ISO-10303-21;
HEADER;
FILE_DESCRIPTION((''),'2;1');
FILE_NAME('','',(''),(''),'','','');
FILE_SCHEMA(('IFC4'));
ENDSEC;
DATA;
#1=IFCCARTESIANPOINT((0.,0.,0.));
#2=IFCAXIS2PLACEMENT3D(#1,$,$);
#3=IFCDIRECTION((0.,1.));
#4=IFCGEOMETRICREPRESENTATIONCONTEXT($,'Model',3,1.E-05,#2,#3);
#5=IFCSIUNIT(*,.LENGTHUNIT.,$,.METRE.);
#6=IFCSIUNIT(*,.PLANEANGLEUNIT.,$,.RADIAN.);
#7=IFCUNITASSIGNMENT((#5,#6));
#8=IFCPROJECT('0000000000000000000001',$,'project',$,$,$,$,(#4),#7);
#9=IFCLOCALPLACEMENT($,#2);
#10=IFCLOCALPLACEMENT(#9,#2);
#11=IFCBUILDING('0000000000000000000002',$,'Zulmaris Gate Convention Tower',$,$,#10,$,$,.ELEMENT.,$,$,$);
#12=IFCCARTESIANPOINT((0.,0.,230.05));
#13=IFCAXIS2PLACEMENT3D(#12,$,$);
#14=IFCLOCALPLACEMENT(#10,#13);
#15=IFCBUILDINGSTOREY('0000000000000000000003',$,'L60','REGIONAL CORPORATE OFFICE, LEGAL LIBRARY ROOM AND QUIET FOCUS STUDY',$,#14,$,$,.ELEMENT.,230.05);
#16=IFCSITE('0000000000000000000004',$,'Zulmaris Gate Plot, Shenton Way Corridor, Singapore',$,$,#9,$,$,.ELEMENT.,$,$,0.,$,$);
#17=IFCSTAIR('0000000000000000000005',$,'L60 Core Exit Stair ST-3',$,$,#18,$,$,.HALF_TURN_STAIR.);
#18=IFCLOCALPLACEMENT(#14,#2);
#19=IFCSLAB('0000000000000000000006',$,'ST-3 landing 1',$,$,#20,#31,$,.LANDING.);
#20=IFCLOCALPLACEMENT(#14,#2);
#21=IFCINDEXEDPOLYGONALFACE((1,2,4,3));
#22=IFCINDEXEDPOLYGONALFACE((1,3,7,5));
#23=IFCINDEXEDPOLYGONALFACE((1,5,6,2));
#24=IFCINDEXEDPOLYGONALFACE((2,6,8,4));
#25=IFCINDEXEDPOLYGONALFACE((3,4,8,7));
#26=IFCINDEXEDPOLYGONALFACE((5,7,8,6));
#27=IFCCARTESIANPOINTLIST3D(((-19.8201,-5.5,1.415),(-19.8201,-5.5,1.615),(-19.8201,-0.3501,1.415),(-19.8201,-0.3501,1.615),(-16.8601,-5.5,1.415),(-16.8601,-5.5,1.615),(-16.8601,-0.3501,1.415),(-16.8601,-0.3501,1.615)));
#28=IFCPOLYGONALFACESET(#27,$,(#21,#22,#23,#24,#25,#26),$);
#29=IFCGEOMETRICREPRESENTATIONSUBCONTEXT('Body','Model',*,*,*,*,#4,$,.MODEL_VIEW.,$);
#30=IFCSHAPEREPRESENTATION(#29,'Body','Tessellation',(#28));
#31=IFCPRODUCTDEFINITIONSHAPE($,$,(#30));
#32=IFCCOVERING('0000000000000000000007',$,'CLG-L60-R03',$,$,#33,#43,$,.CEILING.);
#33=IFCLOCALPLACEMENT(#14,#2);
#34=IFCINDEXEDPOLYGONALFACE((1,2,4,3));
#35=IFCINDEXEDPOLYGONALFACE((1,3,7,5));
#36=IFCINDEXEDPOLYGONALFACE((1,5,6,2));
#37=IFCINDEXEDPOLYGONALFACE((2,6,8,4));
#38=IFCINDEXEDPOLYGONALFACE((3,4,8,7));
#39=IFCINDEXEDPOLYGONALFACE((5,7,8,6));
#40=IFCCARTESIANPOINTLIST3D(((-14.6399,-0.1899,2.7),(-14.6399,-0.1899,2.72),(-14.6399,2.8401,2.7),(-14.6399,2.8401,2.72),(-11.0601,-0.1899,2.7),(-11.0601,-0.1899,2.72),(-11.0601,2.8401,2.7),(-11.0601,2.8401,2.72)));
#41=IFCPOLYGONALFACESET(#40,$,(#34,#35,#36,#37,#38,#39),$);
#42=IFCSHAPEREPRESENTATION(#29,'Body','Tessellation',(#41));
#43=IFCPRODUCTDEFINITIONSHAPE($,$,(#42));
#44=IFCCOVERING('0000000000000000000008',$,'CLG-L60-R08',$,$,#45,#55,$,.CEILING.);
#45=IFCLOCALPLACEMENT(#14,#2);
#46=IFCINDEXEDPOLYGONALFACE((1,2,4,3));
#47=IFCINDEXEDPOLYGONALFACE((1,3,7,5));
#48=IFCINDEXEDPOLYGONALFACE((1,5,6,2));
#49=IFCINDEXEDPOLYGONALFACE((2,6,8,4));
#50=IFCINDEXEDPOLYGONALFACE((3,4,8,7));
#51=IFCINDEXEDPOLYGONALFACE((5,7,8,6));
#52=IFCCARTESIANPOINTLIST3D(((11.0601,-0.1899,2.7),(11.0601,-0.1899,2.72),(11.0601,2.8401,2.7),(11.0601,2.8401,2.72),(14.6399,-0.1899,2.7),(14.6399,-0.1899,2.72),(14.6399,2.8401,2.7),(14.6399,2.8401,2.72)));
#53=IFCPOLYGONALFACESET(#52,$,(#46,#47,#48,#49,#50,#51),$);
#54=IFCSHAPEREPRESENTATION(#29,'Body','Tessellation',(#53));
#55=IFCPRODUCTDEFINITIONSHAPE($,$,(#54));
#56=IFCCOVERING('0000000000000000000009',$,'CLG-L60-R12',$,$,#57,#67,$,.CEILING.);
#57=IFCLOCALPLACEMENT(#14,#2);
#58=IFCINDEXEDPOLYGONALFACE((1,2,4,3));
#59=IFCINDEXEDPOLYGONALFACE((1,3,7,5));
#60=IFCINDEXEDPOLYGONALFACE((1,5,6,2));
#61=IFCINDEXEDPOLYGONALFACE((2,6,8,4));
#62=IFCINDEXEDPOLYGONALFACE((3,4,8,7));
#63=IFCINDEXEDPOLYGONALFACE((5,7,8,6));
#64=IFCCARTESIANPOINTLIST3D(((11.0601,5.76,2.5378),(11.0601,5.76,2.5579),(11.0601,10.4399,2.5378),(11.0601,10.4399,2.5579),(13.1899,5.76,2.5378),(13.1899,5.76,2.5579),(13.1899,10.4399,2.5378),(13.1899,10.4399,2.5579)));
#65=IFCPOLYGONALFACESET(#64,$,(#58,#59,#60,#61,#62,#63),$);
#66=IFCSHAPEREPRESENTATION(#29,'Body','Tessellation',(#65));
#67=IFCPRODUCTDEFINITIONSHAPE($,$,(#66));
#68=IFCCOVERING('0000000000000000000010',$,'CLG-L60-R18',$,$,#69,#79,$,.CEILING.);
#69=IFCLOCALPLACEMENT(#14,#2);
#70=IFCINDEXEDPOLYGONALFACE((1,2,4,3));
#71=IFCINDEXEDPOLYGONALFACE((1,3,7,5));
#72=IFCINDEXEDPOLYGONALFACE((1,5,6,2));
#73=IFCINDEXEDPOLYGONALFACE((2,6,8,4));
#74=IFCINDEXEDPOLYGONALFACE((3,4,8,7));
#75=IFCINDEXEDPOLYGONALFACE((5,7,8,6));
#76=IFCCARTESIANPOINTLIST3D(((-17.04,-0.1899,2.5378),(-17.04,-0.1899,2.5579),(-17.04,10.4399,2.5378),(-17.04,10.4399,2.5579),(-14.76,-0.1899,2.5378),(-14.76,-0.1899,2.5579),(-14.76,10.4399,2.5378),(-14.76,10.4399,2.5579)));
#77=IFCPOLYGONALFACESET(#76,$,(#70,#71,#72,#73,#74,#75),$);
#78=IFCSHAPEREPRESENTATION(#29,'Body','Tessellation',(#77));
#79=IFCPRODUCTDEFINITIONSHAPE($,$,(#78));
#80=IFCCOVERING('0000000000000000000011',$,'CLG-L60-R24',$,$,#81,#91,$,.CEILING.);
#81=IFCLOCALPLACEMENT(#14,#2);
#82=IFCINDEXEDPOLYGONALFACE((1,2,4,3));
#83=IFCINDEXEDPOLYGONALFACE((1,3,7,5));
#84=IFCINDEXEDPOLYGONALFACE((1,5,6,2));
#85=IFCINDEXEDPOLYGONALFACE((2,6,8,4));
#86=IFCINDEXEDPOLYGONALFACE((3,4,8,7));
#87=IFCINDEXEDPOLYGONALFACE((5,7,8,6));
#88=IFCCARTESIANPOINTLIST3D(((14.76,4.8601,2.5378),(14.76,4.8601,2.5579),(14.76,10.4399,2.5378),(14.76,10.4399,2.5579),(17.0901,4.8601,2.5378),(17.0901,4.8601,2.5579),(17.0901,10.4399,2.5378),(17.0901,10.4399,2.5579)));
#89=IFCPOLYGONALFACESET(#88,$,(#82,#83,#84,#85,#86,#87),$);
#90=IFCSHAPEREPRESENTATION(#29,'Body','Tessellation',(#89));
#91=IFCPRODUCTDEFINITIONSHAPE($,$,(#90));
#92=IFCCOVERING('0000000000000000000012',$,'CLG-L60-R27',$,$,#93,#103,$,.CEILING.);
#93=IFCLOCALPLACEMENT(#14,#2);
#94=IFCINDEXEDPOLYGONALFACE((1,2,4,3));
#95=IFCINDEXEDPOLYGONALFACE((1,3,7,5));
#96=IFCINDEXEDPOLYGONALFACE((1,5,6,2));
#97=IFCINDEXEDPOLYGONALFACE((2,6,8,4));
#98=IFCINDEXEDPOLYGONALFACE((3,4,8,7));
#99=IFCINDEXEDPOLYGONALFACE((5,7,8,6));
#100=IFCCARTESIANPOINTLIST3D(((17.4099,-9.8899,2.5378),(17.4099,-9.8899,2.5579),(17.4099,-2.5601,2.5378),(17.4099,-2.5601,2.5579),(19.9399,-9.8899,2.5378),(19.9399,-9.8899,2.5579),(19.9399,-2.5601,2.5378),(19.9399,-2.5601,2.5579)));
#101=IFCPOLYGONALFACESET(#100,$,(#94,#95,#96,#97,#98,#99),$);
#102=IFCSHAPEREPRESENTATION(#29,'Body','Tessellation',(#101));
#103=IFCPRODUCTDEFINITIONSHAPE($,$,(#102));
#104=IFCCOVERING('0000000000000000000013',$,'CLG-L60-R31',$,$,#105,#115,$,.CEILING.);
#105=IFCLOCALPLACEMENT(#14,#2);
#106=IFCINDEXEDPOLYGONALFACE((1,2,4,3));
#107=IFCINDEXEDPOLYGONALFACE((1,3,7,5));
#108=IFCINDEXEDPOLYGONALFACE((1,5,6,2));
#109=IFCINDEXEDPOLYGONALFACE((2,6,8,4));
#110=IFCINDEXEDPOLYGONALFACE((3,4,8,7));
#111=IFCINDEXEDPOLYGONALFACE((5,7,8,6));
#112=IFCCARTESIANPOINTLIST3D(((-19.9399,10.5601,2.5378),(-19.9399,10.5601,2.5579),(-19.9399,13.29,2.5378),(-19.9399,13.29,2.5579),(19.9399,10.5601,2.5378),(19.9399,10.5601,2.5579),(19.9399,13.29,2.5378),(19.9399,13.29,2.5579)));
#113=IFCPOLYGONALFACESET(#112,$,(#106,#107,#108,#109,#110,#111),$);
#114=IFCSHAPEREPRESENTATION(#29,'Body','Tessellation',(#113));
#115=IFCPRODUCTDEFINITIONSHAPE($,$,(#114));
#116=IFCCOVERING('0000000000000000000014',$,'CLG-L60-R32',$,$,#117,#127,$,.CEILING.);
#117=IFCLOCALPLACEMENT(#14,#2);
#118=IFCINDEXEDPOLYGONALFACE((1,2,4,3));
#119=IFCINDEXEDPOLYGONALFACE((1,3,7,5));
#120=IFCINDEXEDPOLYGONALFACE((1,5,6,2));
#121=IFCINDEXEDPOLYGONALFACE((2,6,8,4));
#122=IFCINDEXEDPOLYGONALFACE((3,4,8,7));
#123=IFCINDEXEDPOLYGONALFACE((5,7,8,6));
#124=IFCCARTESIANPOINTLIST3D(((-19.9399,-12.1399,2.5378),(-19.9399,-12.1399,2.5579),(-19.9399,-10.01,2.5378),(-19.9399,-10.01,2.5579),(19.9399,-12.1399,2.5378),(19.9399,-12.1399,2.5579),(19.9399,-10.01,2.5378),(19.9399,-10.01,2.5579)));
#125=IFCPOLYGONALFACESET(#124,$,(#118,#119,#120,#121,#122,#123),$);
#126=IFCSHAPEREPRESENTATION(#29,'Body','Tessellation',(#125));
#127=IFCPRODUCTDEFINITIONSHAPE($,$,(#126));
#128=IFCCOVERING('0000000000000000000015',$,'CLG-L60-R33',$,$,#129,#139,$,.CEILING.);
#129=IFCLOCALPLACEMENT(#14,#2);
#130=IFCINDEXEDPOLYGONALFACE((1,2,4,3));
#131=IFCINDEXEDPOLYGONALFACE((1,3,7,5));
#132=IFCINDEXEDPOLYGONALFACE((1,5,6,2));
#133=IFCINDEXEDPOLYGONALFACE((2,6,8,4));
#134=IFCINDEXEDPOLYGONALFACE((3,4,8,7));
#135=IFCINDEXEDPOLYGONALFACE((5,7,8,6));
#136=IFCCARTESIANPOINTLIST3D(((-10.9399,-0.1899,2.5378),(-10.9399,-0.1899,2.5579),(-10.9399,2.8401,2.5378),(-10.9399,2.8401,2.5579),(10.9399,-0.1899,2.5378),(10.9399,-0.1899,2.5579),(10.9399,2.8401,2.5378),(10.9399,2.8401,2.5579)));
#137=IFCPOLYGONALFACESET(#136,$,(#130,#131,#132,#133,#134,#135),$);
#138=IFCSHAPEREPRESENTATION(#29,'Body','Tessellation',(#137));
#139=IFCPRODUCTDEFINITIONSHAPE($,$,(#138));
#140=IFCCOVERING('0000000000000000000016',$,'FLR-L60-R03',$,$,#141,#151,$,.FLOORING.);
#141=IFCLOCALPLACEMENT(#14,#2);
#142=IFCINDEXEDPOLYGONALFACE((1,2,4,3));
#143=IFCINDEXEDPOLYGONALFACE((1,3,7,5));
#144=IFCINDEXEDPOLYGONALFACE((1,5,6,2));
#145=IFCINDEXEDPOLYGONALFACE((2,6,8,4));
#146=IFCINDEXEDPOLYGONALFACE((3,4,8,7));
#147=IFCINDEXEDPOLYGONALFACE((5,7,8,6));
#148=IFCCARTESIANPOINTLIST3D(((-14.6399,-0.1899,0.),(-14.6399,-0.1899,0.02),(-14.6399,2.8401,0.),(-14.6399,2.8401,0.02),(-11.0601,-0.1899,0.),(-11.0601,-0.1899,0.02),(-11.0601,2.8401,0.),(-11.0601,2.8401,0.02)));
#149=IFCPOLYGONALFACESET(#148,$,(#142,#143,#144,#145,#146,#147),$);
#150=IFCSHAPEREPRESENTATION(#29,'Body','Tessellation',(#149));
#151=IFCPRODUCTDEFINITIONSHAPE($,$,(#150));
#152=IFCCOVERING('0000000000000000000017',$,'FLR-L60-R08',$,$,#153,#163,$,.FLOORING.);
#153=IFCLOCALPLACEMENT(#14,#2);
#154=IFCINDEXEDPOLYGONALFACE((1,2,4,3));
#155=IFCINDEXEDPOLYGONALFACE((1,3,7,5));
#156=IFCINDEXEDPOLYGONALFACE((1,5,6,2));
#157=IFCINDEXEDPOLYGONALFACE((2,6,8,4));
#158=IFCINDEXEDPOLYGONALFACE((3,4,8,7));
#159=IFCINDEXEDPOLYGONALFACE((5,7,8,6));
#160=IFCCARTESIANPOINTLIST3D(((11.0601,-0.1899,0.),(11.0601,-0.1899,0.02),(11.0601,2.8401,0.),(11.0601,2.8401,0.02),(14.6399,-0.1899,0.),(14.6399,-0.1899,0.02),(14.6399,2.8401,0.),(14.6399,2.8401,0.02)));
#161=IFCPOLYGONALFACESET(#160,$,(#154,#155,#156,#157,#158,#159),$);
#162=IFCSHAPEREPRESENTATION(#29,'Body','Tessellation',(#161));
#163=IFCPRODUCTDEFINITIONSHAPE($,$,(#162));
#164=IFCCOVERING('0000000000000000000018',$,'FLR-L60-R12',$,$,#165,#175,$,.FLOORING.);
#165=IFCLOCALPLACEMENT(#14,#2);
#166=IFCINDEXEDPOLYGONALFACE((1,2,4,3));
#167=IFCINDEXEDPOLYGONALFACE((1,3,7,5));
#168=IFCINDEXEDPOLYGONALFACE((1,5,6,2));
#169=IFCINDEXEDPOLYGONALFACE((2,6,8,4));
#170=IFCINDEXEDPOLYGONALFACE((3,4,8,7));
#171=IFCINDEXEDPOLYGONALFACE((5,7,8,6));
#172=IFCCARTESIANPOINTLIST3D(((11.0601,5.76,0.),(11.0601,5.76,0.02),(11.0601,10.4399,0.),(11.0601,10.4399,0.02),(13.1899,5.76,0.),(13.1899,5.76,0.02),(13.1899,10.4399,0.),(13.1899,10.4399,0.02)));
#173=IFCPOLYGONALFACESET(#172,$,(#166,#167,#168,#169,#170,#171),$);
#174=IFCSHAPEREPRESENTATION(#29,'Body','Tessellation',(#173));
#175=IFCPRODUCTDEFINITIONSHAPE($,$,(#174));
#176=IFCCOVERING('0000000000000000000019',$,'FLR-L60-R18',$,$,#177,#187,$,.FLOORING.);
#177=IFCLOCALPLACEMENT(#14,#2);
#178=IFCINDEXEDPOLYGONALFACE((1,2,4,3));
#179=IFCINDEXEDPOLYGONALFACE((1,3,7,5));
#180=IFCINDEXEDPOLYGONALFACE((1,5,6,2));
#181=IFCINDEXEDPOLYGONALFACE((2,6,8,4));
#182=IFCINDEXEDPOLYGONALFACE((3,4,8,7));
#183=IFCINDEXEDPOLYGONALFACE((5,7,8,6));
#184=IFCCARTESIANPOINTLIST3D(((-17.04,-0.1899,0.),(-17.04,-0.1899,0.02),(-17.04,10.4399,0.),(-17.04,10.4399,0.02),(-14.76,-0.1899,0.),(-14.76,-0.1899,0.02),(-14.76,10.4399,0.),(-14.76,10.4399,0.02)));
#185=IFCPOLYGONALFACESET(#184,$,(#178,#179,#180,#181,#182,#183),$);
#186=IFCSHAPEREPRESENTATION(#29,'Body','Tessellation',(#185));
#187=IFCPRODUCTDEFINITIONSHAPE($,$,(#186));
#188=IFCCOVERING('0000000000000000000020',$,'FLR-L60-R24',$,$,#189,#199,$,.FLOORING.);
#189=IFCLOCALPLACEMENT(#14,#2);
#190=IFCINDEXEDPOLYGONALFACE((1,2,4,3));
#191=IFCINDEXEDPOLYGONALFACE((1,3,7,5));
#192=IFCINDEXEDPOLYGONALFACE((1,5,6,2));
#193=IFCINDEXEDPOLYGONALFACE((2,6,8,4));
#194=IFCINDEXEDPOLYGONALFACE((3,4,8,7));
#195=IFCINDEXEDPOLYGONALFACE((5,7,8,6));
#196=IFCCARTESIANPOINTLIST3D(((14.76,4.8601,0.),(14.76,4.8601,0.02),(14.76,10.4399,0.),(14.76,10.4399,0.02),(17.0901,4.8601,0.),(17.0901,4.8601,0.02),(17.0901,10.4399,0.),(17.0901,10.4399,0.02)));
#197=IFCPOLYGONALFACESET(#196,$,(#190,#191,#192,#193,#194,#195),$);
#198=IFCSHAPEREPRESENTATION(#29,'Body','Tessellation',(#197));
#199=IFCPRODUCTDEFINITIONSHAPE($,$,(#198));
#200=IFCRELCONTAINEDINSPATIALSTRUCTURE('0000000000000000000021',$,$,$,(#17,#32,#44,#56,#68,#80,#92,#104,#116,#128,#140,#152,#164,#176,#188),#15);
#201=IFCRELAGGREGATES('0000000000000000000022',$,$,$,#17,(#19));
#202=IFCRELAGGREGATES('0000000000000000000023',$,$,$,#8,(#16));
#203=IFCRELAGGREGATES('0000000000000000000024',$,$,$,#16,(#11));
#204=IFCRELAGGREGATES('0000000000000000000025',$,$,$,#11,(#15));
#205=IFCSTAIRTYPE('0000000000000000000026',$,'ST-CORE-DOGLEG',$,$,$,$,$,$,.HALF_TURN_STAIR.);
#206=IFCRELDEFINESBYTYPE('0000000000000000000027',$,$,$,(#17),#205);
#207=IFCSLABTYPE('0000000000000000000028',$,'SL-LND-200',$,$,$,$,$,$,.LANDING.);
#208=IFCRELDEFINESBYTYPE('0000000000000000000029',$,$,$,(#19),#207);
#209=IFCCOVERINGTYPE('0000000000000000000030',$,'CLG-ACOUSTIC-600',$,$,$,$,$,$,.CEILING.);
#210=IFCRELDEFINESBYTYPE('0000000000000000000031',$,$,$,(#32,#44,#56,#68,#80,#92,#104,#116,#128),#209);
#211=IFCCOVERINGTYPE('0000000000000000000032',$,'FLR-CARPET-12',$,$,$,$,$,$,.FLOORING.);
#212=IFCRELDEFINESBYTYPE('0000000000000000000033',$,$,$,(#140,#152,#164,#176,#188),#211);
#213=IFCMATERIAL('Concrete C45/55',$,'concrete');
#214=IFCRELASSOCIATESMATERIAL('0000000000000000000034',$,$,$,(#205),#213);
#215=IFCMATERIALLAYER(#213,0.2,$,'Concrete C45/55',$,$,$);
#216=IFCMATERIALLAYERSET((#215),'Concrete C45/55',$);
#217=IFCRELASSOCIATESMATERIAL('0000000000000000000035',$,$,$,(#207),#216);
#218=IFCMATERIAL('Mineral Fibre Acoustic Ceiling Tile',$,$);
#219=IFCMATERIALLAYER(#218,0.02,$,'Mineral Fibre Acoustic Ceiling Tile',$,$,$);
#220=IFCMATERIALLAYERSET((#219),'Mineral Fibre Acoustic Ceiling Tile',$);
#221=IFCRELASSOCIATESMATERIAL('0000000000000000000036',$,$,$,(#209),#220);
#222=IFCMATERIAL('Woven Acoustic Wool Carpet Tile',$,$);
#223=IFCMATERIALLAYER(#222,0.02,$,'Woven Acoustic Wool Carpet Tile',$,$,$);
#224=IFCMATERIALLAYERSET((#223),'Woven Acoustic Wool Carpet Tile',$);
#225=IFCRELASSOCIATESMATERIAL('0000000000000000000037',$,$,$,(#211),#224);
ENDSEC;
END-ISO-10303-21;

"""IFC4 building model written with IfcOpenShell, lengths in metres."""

from ifc_helpers import new_model, si_unit, direction, frame, origin, place, context, subcontext, project, spatial, polyline, outline, extrude, material, layer, layer_set, type_object, element, aggregate, save


model = new_model("IFC4")

# Units and contexts
model_context = context("Model", 3, precision=1e-05, world=origin(), true_north=direction((0.0, 1.0)))
body_context = subcontext(model_context, "Body", "Model", "MODEL_VIEW")
ifc_project = project(units=[si_unit("LENGTHUNIT", "METRE"), si_unit("PLANEANGLEUNIT", "RADIAN")], contexts=[model_context])

# Site, building, storey
site_placement = place(None, origin())
site = spatial("IfcSite", under=ifc_project, at=site_placement, Name="Zulmaris Gate Plot, Shenton Way Corridor, Singapore", CompositionType="ELEMENT", RefElevation=0.0)
building_placement = place(site_placement, origin())
building = spatial("IfcBuilding", under=site, at=building_placement, Name="Zulmaris Gate Convention Tower", CompositionType="ELEMENT")
storey_placement = place(building_placement, frame((0.0, 0.0, 230.05)))
storey = spatial("IfcBuildingStorey", under=building, at=storey_placement, Name="L60", Description="REGIONAL CORPORATE OFFICE, LEGAL LIBRARY ROOM AND QUIET FOCUS STUDY", CompositionType="ELEMENT", Elevation=230.05)

# Stair, slab
ifc_material_1 = material(Name="Concrete C45/55", Category="concrete")
stair_type = type_object("IfcStairType", Name="ST-CORE-DOGLEG", PredefinedType="HALF_TURN_STAIR", material=ifc_material_1)
stair_placement = place(storey_placement, origin())
stair = element("IfcStair", 1, at=stair_placement, inside=storey, type_object=stair_type, Name="L60 Core Exit Stair ST-3", PredefinedType="HALF_TURN_STAIR")
ifc_layer_1 = layer(ifc_material_1, 0.2, Name="Concrete C45/55")
ifc_layer_set_1 = layer_set([ifc_layer_1], Name="Concrete C45/55")
slab_type = type_object("IfcSlabType", Name="SL-LND-200", PredefinedType="LANDING", material=ifc_layer_set_1)
slab_placement = place(storey_placement, frame((0.0, 0.0, 1.415)))
slab = element("IfcSlab", 2, at=slab_placement, type_object=slab_type, Name="ST-3 landing 1", PredefinedType="LANDING", context=body_context, shape_type="SweptSolid", body=[
    extrude(outline(polyline([(-16.8601, -5.5), (-16.8601, -0.3501), (-19.8201, -0.3501), (-19.8201, -5.5), (-16.8601, -5.5)])), origin(), (0.0, 0.0, 1.0), 0.2),
])
aggregate(stair, [slab])

# Coverings
ifc_material_2 = material(Name="Mineral Fibre Acoustic Ceiling Tile")
ifc_layer_2 = layer(ifc_material_2, 0.02, Name="Mineral Fibre Acoustic Ceiling Tile")
ifc_layer_set_2 = layer_set([ifc_layer_2], Name="Mineral Fibre Acoustic Ceiling Tile")
covering_type_1 = type_object("IfcCoveringType", Name="CLG-ACOUSTIC-600", PredefinedType="CEILING", material=ifc_layer_set_2)
covering_1_placement = place(storey_placement, frame((0.0, 0.0, 2.7)))
element("IfcCovering", 3, at=covering_1_placement, inside=storey, type_object=covering_type_1, Name="CLG-L60-R03", PredefinedType="CEILING", context=body_context, shape_type="SweptSolid", body=[
    extrude(outline(polyline([(-14.6399, -0.1899), (-11.0601, -0.1899), (-11.0601, 2.8401), (-14.6399, 2.8401), (-14.6399, -0.1899)])), origin(), (0.0, 0.0, 1.0), 0.02),
])
covering_2_placement = place(storey_placement, frame((0.0, 0.0, 2.7)))
element("IfcCovering", 4, at=covering_2_placement, inside=storey, type_object=covering_type_1, Name="CLG-L60-R08", PredefinedType="CEILING", context=body_context, shape_type="SweptSolid", body=[
    extrude(outline(polyline([(11.0601, -0.1899), (14.6399, -0.1899), (14.6399, 2.8401), (11.0601, 2.8401), (11.0601, -0.1899)])), origin(), (0.0, 0.0, 1.0), 0.02),
])
covering_3_placement = place(storey_placement, frame((0.0, 0.0, 2.5378)))
element("IfcCovering", 5, at=covering_3_placement, inside=storey, type_object=covering_type_1, Name="CLG-L60-R12", PredefinedType="CEILING", context=body_context, shape_type="SweptSolid", body=[
    extrude(outline(polyline([(11.0601, 5.76), (13.1899, 5.76), (13.1899, 10.4399), (11.0601, 10.4399), (11.0601, 5.76)])), origin(), (0.0, 0.0, 1.0), 0.02),
])
covering_4_placement = place(storey_placement, frame((0.0, 0.0, 2.5378)))
element("IfcCovering", 6, at=covering_4_placement, inside=storey, type_object=covering_type_1, Name="CLG-L60-R18", PredefinedType="CEILING", context=body_context, shape_type="SweptSolid", body=[
    extrude(outline(polyline([(-17.04, -0.1899), (-14.76, -0.1899), (-14.76, 10.4399), (-17.04, 10.4399), (-17.04, -0.1899)])), origin(), (0.0, 0.0, 1.0), 0.02),
])
covering_5_placement = place(storey_placement, frame((0.0, 0.0, 2.5378)))
element("IfcCovering", 7, at=covering_5_placement, inside=storey, type_object=covering_type_1, Name="CLG-L60-R24", PredefinedType="CEILING", context=body_context, shape_type="SweptSolid", body=[
    extrude(outline(polyline([(14.76, 4.8601), (17.0901, 4.8601), (17.0901, 10.4399), (14.76, 10.4399), (14.76, 4.8601)])), origin(), (0.0, 0.0, 1.0), 0.02),
])
covering_6_placement = place(storey_placement, frame((0.0, 0.0, 2.5378)))
element("IfcCovering", 8, at=covering_6_placement, inside=storey, type_object=covering_type_1, Name="CLG-L60-R27", PredefinedType="CEILING", context=body_context, shape_type="SweptSolid", body=[
    extrude(outline(polyline([(17.4099, -9.8899), (19.9399, -9.8899), (19.9399, -2.5601), (17.4099, -2.5601), (17.4099, -9.8899)])), origin(), (0.0, 0.0, 1.0), 0.02),
])
covering_7_placement = place(storey_placement, frame((0.0, 0.0, 2.5378)))
element("IfcCovering", 9, at=covering_7_placement, inside=storey, type_object=covering_type_1, Name="CLG-L60-R31", PredefinedType="CEILING", context=body_context, shape_type="SweptSolid", body=[
    extrude(outline(polyline([(-19.9399, 10.5601), (19.9399, 10.5601), (19.9399, 13.29), (-19.9399, 13.29), (-19.9399, 10.5601)])), origin(), (0.0, 0.0, 1.0), 0.02),
])
covering_8_placement = place(storey_placement, frame((0.0, 0.0, 2.5378)))
element("IfcCovering", 10, at=covering_8_placement, inside=storey, type_object=covering_type_1, Name="CLG-L60-R32", PredefinedType="CEILING", context=body_context, shape_type="SweptSolid", body=[
    extrude(outline(polyline([(-19.9399, -12.1399), (19.9399, -12.1399), (19.9399, -10.01), (-19.9399, -10.01), (-19.9399, -12.1399)])), origin(), (0.0, 0.0, 1.0), 0.02),
])
covering_9_placement = place(storey_placement, frame((0.0, 0.0, 2.5378)))
element("IfcCovering", 11, at=covering_9_placement, inside=storey, type_object=covering_type_1, Name="CLG-L60-R33", PredefinedType="CEILING", context=body_context, shape_type="SweptSolid", body=[
    extrude(outline(polyline([(-10.9399, -0.1899), (10.9399, -0.1899), (10.9399, 2.8401), (-10.9399, 2.8401), (-10.9399, -0.1899)])), origin(), (0.0, 0.0, 1.0), 0.02),
])
ifc_material_3 = material(Name="Woven Acoustic Wool Carpet Tile")
ifc_layer_3 = layer(ifc_material_3, 0.02, Name="Woven Acoustic Wool Carpet Tile")
ifc_layer_set_3 = layer_set([ifc_layer_3], Name="Woven Acoustic Wool Carpet Tile")
covering_type_2 = type_object("IfcCoveringType", Name="FLR-CARPET-12", PredefinedType="FLOORING", material=ifc_layer_set_3)
covering_10_placement = place(storey_placement, origin())
element("IfcCovering", 12, at=covering_10_placement, inside=storey, type_object=covering_type_2, Name="FLR-L60-R03", PredefinedType="FLOORING", context=body_context, shape_type="SweptSolid", body=[
    extrude(outline(polyline([(-14.6399, -0.1899), (-11.0601, -0.1899), (-11.0601, 2.8401), (-14.6399, 2.8401), (-14.6399, -0.1899)])), origin(), (0.0, 0.0, 1.0), 0.02),
])
covering_11_placement = place(storey_placement, origin())
element("IfcCovering", 13, at=covering_11_placement, inside=storey, type_object=covering_type_2, Name="FLR-L60-R08", PredefinedType="FLOORING", context=body_context, shape_type="SweptSolid", body=[
    extrude(outline(polyline([(11.0601, -0.1899), (14.6399, -0.1899), (14.6399, 2.8401), (11.0601, 2.8401), (11.0601, -0.1899)])), origin(), (0.0, 0.0, 1.0), 0.02),
])
covering_12_placement = place(storey_placement, origin())
element("IfcCovering", 14, at=covering_12_placement, inside=storey, type_object=covering_type_2, Name="FLR-L60-R12", PredefinedType="FLOORING", context=body_context, shape_type="SweptSolid", body=[
    extrude(outline(polyline([(11.0601, 5.76), (13.1899, 5.76), (13.1899, 10.4399), (11.0601, 10.4399), (11.0601, 5.76)])), origin(), (0.0, 0.0, 1.0), 0.02),
])
covering_13_placement = place(storey_placement, origin())
element("IfcCovering", 15, at=covering_13_placement, inside=storey, type_object=covering_type_2, Name="FLR-L60-R18", PredefinedType="FLOORING", context=body_context, shape_type="SweptSolid", body=[
    extrude(outline(polyline([(-17.04, -0.1899), (-14.76, -0.1899), (-14.76, 10.4399), (-17.04, 10.4399), (-17.04, -0.1899)])), origin(), (0.0, 0.0, 1.0), 0.02),
])
covering_14_placement = place(storey_placement, origin())
element("IfcCovering", 16, at=covering_14_placement, inside=storey, type_object=covering_type_2, Name="FLR-L60-R24", PredefinedType="FLOORING", context=body_context, shape_type="SweptSolid", body=[
    extrude(outline(polyline([(14.76, 4.8601), (17.0901, 4.8601), (17.0901, 10.4399), (14.76, 10.4399), (14.76, 4.8601)])), origin(), (0.0, 0.0, 1.0), 0.02),
])

save(model, "model.ifc")
